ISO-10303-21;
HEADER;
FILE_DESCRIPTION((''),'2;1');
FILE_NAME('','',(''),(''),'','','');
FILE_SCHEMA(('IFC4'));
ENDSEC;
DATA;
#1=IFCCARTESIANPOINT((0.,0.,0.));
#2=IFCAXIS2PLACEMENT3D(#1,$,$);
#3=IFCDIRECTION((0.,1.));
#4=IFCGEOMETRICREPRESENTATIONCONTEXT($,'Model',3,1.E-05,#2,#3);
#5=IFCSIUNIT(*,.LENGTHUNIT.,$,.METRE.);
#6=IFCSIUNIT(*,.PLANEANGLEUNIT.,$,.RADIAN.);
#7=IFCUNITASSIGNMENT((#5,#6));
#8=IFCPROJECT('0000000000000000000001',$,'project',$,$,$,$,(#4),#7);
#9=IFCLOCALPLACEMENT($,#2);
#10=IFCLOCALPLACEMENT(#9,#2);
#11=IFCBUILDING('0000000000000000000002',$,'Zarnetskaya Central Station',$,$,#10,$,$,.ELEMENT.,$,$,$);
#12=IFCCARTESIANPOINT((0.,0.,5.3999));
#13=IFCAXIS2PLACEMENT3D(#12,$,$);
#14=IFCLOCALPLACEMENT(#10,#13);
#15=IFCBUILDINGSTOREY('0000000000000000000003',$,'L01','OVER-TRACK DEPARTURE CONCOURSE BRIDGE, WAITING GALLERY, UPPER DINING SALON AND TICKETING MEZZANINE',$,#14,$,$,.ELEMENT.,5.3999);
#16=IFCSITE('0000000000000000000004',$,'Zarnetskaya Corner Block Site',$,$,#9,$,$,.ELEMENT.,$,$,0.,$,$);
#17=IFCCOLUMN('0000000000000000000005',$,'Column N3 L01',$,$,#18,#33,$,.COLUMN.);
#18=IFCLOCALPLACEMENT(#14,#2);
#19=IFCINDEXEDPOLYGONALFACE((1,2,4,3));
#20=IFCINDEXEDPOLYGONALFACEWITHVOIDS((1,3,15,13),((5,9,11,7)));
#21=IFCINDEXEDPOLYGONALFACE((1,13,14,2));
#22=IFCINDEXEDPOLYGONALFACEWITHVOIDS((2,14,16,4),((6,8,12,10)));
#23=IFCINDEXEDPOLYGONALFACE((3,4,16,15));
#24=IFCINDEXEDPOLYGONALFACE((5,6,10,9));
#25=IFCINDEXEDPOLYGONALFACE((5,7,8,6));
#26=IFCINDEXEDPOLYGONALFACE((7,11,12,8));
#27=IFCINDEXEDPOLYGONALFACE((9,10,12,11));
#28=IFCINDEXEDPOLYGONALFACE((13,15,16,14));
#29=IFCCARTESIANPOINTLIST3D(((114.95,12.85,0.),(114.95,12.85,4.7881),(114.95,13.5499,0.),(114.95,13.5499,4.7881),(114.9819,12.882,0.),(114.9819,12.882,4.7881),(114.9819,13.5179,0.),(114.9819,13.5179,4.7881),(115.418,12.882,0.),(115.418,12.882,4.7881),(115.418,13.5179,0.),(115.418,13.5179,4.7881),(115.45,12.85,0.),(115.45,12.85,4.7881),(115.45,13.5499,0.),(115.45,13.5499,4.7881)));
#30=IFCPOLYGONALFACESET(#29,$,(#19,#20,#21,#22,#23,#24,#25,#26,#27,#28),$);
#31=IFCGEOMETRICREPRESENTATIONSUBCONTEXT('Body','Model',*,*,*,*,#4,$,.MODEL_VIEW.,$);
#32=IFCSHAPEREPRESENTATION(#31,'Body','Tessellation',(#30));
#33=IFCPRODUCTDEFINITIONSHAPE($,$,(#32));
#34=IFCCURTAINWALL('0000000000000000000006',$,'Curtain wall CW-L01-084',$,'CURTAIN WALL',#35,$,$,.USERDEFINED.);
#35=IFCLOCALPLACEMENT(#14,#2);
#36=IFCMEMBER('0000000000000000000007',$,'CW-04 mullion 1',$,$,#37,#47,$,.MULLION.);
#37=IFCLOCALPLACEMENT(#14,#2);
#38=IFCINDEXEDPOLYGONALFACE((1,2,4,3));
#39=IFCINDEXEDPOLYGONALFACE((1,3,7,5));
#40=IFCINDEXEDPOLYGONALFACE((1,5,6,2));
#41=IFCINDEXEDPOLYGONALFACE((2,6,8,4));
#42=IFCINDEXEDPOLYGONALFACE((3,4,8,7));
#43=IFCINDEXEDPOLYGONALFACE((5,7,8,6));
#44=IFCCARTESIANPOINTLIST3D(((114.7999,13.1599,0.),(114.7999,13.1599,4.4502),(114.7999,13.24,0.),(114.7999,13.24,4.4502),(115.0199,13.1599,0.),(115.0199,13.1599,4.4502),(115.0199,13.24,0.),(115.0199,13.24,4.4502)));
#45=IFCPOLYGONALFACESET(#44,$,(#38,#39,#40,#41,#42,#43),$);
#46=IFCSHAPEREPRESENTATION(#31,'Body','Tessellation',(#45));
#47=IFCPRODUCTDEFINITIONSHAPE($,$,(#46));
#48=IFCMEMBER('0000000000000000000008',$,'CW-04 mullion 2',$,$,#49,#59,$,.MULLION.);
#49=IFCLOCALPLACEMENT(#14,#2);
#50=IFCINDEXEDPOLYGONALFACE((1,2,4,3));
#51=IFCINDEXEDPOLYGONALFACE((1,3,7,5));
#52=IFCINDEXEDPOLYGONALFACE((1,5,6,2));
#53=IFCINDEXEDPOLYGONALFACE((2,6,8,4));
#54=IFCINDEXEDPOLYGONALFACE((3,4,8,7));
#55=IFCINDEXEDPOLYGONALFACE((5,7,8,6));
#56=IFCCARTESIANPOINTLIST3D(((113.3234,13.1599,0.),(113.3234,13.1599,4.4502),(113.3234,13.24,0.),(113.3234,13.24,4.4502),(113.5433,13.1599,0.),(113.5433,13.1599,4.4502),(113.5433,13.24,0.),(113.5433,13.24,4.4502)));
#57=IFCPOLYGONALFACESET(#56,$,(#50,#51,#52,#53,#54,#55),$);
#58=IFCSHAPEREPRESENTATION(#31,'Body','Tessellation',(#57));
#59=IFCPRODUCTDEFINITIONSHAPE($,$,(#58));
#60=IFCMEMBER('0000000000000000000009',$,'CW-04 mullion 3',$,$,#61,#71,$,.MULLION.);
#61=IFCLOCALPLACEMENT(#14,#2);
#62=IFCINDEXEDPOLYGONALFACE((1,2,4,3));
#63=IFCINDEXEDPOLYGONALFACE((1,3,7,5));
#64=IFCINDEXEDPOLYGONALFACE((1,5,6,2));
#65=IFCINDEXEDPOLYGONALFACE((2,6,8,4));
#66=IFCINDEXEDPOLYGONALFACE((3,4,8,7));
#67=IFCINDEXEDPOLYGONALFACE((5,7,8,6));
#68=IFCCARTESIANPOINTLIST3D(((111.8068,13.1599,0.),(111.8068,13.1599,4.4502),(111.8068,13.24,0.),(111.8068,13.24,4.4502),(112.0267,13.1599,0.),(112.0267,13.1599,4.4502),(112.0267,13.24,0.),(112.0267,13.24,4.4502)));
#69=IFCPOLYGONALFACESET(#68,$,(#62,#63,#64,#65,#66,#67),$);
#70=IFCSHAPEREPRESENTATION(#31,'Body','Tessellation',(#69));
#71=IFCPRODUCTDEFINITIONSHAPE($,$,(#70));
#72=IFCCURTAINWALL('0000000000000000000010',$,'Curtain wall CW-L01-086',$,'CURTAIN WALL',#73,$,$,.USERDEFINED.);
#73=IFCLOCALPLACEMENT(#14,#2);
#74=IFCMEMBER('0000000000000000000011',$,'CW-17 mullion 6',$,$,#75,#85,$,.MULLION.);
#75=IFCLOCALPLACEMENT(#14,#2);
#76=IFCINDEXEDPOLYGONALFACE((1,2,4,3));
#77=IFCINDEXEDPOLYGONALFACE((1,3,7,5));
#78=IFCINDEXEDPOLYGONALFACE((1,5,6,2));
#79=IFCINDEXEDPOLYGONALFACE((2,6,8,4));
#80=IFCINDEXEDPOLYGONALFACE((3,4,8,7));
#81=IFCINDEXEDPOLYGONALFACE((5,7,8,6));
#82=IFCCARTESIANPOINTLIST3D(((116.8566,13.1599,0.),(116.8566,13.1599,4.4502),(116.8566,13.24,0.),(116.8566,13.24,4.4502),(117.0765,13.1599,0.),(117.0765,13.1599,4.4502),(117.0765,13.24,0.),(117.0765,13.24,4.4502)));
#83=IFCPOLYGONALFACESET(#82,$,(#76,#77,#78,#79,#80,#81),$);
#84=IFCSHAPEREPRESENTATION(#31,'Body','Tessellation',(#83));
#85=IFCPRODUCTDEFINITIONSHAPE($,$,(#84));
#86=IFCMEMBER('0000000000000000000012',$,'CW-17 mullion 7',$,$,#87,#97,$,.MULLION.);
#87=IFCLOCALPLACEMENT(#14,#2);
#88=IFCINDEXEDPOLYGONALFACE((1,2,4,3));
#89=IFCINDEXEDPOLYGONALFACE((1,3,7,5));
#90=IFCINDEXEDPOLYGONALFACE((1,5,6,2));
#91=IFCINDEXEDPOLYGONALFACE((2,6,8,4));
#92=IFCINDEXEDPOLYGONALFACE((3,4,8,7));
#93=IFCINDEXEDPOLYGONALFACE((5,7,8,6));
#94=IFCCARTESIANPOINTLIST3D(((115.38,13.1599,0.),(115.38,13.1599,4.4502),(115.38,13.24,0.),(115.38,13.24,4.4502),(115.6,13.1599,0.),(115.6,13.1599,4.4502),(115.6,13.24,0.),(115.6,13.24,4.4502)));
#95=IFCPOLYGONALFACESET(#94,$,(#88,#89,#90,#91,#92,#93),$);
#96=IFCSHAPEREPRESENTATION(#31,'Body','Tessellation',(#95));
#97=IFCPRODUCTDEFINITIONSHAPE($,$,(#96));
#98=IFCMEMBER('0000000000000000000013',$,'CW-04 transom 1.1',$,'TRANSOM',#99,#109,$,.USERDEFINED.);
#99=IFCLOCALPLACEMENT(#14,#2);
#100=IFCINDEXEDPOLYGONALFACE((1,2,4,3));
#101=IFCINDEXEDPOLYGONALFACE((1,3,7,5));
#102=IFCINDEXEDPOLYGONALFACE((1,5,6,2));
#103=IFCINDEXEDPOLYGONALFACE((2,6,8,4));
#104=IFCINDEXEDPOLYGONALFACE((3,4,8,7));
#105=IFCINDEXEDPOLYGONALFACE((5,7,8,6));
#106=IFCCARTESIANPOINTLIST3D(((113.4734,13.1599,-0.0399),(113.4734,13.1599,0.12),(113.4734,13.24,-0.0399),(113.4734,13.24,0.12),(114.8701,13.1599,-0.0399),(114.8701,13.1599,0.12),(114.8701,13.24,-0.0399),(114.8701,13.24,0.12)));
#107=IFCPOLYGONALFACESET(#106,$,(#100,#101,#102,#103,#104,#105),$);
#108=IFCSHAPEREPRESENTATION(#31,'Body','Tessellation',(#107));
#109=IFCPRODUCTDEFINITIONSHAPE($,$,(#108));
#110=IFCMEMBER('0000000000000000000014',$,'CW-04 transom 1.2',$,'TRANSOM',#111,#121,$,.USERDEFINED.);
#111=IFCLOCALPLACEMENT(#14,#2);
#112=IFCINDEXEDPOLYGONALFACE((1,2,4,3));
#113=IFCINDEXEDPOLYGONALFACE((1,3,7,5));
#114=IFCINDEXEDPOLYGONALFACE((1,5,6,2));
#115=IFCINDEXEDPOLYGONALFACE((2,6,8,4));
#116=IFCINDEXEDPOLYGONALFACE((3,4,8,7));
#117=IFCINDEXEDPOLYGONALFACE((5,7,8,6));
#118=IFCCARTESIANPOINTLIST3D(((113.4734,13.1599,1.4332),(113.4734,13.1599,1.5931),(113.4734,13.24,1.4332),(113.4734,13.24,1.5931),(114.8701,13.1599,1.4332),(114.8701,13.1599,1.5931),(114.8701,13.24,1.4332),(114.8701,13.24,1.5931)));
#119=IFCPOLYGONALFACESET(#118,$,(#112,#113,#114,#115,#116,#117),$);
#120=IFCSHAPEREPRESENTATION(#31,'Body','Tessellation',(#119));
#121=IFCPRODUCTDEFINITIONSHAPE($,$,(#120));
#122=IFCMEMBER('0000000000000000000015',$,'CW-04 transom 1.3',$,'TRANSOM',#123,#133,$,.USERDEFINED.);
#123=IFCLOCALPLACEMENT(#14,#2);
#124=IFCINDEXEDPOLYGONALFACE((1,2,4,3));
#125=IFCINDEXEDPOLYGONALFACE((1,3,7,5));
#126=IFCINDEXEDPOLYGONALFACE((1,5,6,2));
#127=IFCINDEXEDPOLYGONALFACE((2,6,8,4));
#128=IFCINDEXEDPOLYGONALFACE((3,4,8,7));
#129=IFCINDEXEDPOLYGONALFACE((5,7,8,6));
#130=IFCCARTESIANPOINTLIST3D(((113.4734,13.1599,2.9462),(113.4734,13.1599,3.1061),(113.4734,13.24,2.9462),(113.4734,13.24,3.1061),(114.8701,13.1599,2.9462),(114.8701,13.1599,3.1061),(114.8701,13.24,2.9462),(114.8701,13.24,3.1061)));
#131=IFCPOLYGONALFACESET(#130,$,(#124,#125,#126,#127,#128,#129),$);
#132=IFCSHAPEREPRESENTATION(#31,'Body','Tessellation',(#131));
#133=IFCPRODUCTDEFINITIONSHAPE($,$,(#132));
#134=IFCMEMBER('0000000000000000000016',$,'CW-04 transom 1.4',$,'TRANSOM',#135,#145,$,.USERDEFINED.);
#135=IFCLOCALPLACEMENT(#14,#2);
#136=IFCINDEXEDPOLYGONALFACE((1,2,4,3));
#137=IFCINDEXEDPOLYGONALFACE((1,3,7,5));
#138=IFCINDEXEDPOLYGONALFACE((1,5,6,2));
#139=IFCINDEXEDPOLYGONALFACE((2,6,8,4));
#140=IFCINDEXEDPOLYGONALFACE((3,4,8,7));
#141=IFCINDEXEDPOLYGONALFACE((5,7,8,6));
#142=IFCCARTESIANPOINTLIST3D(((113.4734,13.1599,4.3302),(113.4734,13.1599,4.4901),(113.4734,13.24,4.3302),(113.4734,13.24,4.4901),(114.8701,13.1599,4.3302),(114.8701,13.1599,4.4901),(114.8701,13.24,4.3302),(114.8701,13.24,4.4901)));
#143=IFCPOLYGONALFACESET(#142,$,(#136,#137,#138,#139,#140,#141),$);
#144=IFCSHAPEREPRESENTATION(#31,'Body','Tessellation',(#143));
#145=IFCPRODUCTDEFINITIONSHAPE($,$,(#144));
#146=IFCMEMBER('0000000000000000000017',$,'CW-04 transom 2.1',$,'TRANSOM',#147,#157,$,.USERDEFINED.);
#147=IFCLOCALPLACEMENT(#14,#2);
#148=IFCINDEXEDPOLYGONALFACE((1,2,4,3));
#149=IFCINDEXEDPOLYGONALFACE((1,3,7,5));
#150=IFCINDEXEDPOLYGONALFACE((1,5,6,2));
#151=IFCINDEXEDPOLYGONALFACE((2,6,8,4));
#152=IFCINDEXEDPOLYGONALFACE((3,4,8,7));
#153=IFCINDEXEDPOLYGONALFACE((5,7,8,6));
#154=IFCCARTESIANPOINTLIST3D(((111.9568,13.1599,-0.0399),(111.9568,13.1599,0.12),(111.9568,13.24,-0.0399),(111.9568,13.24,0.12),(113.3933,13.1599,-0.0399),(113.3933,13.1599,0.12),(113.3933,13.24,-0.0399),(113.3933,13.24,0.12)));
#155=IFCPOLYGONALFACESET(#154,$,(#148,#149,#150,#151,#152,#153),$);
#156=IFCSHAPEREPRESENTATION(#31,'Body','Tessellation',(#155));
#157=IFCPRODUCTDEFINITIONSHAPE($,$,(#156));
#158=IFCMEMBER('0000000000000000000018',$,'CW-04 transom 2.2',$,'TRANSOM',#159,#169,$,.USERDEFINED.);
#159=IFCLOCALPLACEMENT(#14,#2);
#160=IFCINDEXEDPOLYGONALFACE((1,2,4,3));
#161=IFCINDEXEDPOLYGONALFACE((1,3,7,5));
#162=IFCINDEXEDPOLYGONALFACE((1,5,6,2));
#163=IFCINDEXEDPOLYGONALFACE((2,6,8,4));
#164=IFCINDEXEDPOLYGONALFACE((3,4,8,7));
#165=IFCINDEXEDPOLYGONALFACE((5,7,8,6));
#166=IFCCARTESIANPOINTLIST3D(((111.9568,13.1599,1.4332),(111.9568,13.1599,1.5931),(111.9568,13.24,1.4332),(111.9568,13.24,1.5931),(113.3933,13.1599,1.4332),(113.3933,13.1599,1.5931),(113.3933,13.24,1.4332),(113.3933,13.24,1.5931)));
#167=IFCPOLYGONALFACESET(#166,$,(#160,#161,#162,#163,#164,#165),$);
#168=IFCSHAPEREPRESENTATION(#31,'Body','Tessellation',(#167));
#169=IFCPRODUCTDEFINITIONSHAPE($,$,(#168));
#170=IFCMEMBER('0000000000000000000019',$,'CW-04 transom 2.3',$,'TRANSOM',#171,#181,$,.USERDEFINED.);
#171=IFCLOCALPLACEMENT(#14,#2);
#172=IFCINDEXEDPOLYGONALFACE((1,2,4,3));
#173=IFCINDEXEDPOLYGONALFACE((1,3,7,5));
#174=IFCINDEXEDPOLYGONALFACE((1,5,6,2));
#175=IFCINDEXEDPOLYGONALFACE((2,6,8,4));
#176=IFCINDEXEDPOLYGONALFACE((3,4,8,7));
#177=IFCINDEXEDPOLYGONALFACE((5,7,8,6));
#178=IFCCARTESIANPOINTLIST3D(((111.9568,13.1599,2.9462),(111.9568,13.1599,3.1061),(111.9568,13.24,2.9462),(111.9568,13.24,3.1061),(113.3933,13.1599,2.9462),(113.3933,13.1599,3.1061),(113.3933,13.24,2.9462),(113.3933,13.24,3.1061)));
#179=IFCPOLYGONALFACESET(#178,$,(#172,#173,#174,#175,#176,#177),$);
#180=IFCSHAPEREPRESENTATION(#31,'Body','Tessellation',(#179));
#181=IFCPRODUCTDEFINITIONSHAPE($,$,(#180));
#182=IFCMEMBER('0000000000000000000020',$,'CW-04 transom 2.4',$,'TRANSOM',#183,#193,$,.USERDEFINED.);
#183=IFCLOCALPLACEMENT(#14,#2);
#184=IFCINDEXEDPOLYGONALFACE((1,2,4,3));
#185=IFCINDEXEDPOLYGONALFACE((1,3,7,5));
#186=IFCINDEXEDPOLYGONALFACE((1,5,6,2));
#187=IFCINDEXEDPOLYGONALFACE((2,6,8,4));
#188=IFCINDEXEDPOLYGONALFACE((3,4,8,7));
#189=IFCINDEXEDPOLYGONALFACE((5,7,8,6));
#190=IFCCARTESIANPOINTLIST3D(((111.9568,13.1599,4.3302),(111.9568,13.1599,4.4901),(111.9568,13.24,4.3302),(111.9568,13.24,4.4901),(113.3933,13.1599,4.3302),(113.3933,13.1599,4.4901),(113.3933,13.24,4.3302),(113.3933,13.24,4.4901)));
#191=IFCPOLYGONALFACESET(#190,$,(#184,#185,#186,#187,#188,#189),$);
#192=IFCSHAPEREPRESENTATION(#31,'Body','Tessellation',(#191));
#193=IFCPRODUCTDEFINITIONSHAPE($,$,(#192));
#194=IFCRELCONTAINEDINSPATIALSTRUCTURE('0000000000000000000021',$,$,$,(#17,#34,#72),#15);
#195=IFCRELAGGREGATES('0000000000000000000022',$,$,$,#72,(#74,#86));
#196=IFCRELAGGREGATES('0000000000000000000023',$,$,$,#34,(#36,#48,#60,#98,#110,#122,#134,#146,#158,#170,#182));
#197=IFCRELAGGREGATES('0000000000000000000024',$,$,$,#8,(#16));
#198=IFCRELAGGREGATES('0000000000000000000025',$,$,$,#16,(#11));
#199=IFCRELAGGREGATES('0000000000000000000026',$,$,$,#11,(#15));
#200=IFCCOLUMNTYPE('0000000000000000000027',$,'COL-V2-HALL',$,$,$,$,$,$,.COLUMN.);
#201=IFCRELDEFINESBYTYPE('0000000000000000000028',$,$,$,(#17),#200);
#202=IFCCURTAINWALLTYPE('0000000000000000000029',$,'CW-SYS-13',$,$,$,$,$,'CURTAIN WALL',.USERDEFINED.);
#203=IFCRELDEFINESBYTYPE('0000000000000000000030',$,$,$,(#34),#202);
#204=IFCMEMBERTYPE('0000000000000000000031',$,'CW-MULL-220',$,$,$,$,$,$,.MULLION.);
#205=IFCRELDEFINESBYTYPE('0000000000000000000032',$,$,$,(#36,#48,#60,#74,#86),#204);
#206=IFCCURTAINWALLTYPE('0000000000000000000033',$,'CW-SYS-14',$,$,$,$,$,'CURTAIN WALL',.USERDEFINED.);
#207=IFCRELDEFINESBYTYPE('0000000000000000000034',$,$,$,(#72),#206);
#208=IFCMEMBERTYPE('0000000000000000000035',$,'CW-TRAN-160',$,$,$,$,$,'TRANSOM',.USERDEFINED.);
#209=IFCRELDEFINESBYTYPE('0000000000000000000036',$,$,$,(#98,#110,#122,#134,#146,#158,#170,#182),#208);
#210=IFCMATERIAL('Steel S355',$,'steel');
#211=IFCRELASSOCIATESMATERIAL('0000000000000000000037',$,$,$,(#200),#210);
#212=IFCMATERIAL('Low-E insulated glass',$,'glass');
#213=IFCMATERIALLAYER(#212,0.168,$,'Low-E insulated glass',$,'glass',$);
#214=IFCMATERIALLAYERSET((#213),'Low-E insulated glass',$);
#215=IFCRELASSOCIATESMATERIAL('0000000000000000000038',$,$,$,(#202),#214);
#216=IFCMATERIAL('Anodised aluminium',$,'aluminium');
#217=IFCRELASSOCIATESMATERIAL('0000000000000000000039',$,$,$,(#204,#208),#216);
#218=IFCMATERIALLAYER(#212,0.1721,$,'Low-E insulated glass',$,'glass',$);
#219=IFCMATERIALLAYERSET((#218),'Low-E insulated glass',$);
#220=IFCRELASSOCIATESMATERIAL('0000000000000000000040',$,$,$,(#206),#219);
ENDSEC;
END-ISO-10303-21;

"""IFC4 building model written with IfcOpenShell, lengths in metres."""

from ifc_helpers import new_model, si_unit, direction, frame, origin, origin_2d, place, context, subcontext, project, spatial, rectangle, hollow_rectangle, extrude, material, layer, layer_set, material_profile, profile_set, type_object, element, aggregate, save


model = new_model("IFC4")

# Units and contexts
model_context = context("Model", 3, precision=1e-05, world=origin(), true_north=direction((0.0, 1.0)))
body_context = subcontext(model_context, "Body", "Model", "MODEL_VIEW")
ifc_project = project(units=[si_unit("LENGTHUNIT", "METRE"), si_unit("PLANEANGLEUNIT", "RADIAN")], contexts=[model_context])

# Site, building, storey
site_placement = place(None, origin())
site = spatial("IfcSite", under=ifc_project, at=site_placement, Name="Zarnetskaya Corner Block Site", CompositionType="ELEMENT", RefElevation=0.0)
building_placement = place(site_placement, origin())
building = spatial("IfcBuilding", under=site, at=building_placement, Name="Zarnetskaya Central Station", CompositionType="ELEMENT")
storey_placement = place(building_placement, frame((0.0, 0.0, 5.3999)))
storey = spatial("IfcBuildingStorey", under=building, at=storey_placement, Name="L01", Description="OVER-TRACK DEPARTURE CONCOURSE BRIDGE, WAITING GALLERY, UPPER DINING SALON AND TICKETING MEZZANINE", CompositionType="ELEMENT", Elevation=5.3999)

# Column
ifc_material_1 = material(Name="Steel S355", Category="steel")
ifc_material_profile_1 = material_profile(ifc_material_1, hollow_rectangle(XDim=0.5, YDim=0.7, WallThickness=0.032, at=origin_2d()), Name="BOX 700x500x32")
ifc_profile_set_1 = profile_set([ifc_material_profile_1], Name="Steel S355")
column_type = type_object("IfcColumnType", Name="COL-V2-HALL", PredefinedType="COLUMN", material=ifc_profile_set_1)
column_placement = place(storey_placement, frame((115.2, 13.2, 0.0), z_axis=(0.0, 0.0, 1.0), x_axis=(1.0, 0.0, 0.0)))
element("IfcColumn", 1, at=column_placement, inside=storey, type_object=column_type, Name="Column N3 L01", PredefinedType="COLUMN", context=body_context, shape_type="SweptSolid", body=[
    extrude(hollow_rectangle(XDim=0.5, YDim=0.7, WallThickness=0.032, at=origin_2d()), origin(), (0.0, 0.0, 1.0), 4.7881),
])

# Curtain walls, members
ifc_material_2 = material(Name="Low-E insulated glass", Category="glass")
ifc_layer_1 = layer(ifc_material_2, 0.168, Name="Low-E insulated glass", Category="glass")
ifc_layer_set_1 = layer_set([ifc_layer_1], Name="Low-E insulated glass")
curtain_wall_type_1 = type_object("IfcCurtainWallType", Name="CW-SYS-13", ElementType="CURTAIN WALL", PredefinedType="USERDEFINED", material=ifc_layer_set_1)
curtain_wall_1_placement = place(storey_placement, origin())
curtain_wall_1 = element("IfcCurtainWall", 2, at=curtain_wall_1_placement, inside=storey, type_object=curtain_wall_type_1, Name="Curtain wall CW-L01-084", ObjectType="CURTAIN WALL", PredefinedType="USERDEFINED")
ifc_material_3 = material(Name="Anodised aluminium", Category="aluminium")
ifc_material_profile_2 = material_profile(ifc_material_3, rectangle(XDim=0.0801, YDim=0.22, at=origin_2d()), Name="ALU MULL 80x220")
ifc_profile_set_2 = profile_set([ifc_material_profile_2], Name="Anodised aluminium")
member_type_1 = type_object("IfcMemberType", Name="CW-MULL-220", PredefinedType="MULLION", material=ifc_profile_set_2)
member_1_placement = place(storey_placement, frame((114.9099, 13.2, 0.0), z_axis=(0.0, 0.0, 1.0), x_axis=(0.0, -1.0, 0.0)))
member_1 = element("IfcMember", 3, at=member_1_placement, type_object=member_type_1, Name="CW-04 mullion 1", PredefinedType="MULLION", context=body_context, shape_type="SweptSolid", body=[
    extrude(rectangle(XDim=0.0801, YDim=0.22, at=origin_2d()), origin(), (0.0, 0.0, 1.0), 4.4502),
])
member_2_placement = place(storey_placement, frame((113.4333, 13.2, 0.0), z_axis=(0.0, 0.0, 1.0), x_axis=(0.0, -1.0, 0.0)))
member_2 = element("IfcMember", 4, at=member_2_placement, type_object=member_type_1, Name="CW-04 mullion 2", PredefinedType="MULLION", context=body_context, shape_type="SweptSolid", body=[
    extrude(rectangle(XDim=0.0801, YDim=0.22, at=origin_2d()), origin(), (0.0, 0.0, 1.0), 4.4502),
])
member_3_placement = place(storey_placement, frame((111.9167, 13.2, 0.0), z_axis=(0.0, 0.0, 1.0), x_axis=(0.0, -1.0, 0.0)))
member_3 = element("IfcMember", 5, at=member_3_placement, type_object=member_type_1, Name="CW-04 mullion 3", PredefinedType="MULLION", context=body_context, shape_type="SweptSolid", body=[
    extrude(rectangle(XDim=0.0801, YDim=0.22, at=origin_2d()), origin(), (0.0, 0.0, 1.0), 4.4502),
])
ifc_layer_2 = layer(ifc_material_2, 0.1721, Name="Low-E insulated glass", Category="glass")
ifc_layer_set_2 = layer_set([ifc_layer_2], Name="Low-E insulated glass")
curtain_wall_type_2 = type_object("IfcCurtainWallType", Name="CW-SYS-14", ElementType="CURTAIN WALL", PredefinedType="USERDEFINED", material=ifc_layer_set_2)
curtain_wall_2_placement = place(storey_placement, origin())
curtain_wall_2 = element("IfcCurtainWall", 6, at=curtain_wall_2_placement, inside=storey, type_object=curtain_wall_type_2, Name="Curtain wall CW-L01-086", ObjectType="CURTAIN WALL", PredefinedType="USERDEFINED")
member_4_placement = place(storey_placement, frame((116.9666, 13.2, 0.0), z_axis=(0.0, 0.0, 1.0), x_axis=(0.0, -1.0, 0.0)))
member_4 = element("IfcMember", 7, at=member_4_placement, type_object=member_type_1, Name="CW-17 mullion 6", PredefinedType="MULLION", context=body_context, shape_type="SweptSolid", body=[
    extrude(rectangle(XDim=0.0801, YDim=0.22, at=origin_2d()), origin(), (0.0, 0.0, 1.0), 4.4502),
])
member_5_placement = place(storey_placement, frame((115.49, 13.2, 0.0), z_axis=(0.0, 0.0, 1.0), x_axis=(0.0, -1.0, 0.0)))
member_5 = element("IfcMember", 8, at=member_5_placement, type_object=member_type_1, Name="CW-17 mullion 7", PredefinedType="MULLION", context=body_context, shape_type="SweptSolid", body=[
    extrude(rectangle(XDim=0.0801, YDim=0.22, at=origin_2d()), origin(), (0.0, 0.0, 1.0), 4.4502),
])

# Members
ifc_material_profile_3 = material_profile(ifc_material_3, rectangle(XDim=0.0801, YDim=0.1599, at=origin_2d()), Name="ALU TRAN 80x160")
ifc_profile_set_3 = profile_set([ifc_material_profile_3], Name="Anodised aluminium")
member_type_2 = type_object("IfcMemberType", Name="CW-TRAN-160", ElementType="TRANSOM", PredefinedType="USERDEFINED", material=ifc_profile_set_3)
member_6_placement = place(storey_placement, frame((114.8701, 13.2, 0.04), z_axis=(-1.0, 0.0, 0.0), x_axis=(0.0, -1.0, 0.0)))
member_6 = element("IfcMember", 9, at=member_6_placement, type_object=member_type_2, Name="CW-04 transom 1.1", ObjectType="TRANSOM", PredefinedType="USERDEFINED", context=body_context, shape_type="SweptSolid", body=[
    extrude(rectangle(XDim=0.0801, YDim=0.1599, at=origin_2d()), origin(), (0.0, 0.0, 1.0), 1.3967),
])
member_7_placement = place(storey_placement, frame((114.8701, 13.2, 1.5132), z_axis=(-1.0, 0.0, 0.0), x_axis=(0.0, -1.0, 0.0)))
member_7 = element("IfcMember", 10, at=member_7_placement, type_object=member_type_2, Name="CW-04 transom 1.2", ObjectType="TRANSOM", PredefinedType="USERDEFINED", context=body_context, shape_type="SweptSolid", body=[
    extrude(rectangle(XDim=0.0801, YDim=0.1599, at=origin_2d()), origin(), (0.0, 0.0, 1.0), 1.3967),
])
member_8_placement = place(storey_placement, frame((114.8701, 13.2, 3.0261), z_axis=(-1.0, 0.0, 0.0), x_axis=(0.0, -1.0, 0.0)))
member_8 = element("IfcMember", 11, at=member_8_placement, type_object=member_type_2, Name="CW-04 transom 1.3", ObjectType="TRANSOM", PredefinedType="USERDEFINED", context=body_context, shape_type="SweptSolid", body=[
    extrude(rectangle(XDim=0.0801, YDim=0.1599, at=origin_2d()), origin(), (0.0, 0.0, 1.0), 1.3967),
])
member_9_placement = place(storey_placement, frame((114.8701, 13.2, 4.4102), z_axis=(-1.0, 0.0, 0.0), x_axis=(0.0, -1.0, 0.0)))
member_9 = element("IfcMember", 12, at=member_9_placement, type_object=member_type_2, Name="CW-04 transom 1.4", ObjectType="TRANSOM", PredefinedType="USERDEFINED", context=body_context, shape_type="SweptSolid", body=[
    extrude(rectangle(XDim=0.0801, YDim=0.1599, at=origin_2d()), origin(), (0.0, 0.0, 1.0), 1.3967),
])
member_10_placement = place(storey_placement, frame((113.3933, 13.2, 0.04), z_axis=(-1.0, 0.0, 0.0), x_axis=(0.0, -1.0, 0.0)))
member_10 = element("IfcMember", 13, at=member_10_placement, type_object=member_type_2, Name="CW-04 transom 2.1", ObjectType="TRANSOM", PredefinedType="USERDEFINED", context=body_context, shape_type="SweptSolid", body=[
    extrude(rectangle(XDim=0.0801, YDim=0.1599, at=origin_2d()), origin(), (0.0, 0.0, 1.0), 1.4365),
])
member_11_placement = place(storey_placement, frame((113.3933, 13.2, 1.5132), z_axis=(-1.0, 0.0, 0.0), x_axis=(0.0, -1.0, 0.0)))
member_11 = element("IfcMember", 14, at=member_11_placement, type_object=member_type_2, Name="CW-04 transom 2.2", ObjectType="TRANSOM", PredefinedType="USERDEFINED", context=body_context, shape_type="SweptSolid", body=[
    extrude(rectangle(XDim=0.0801, YDim=0.1599, at=origin_2d()), origin(), (0.0, 0.0, 1.0), 1.4365),
])
member_12_placement = place(storey_placement, frame((113.3933, 13.2, 3.0261), z_axis=(-1.0, 0.0, 0.0), x_axis=(0.0, -1.0, 0.0)))
member_12 = element("IfcMember", 15, at=member_12_placement, type_object=member_type_2, Name="CW-04 transom 2.3", ObjectType="TRANSOM", PredefinedType="USERDEFINED", context=body_context, shape_type="SweptSolid", body=[
    extrude(rectangle(XDim=0.0801, YDim=0.1599, at=origin_2d()), origin(), (0.0, 0.0, 1.0), 1.4365),
])
member_13_placement = place(storey_placement, frame((113.3933, 13.2, 4.4102), z_axis=(-1.0, 0.0, 0.0), x_axis=(0.0, -1.0, 0.0)))
member_13 = element("IfcMember", 16, at=member_13_placement, type_object=member_type_2, Name="CW-04 transom 2.4", ObjectType="TRANSOM", PredefinedType="USERDEFINED", context=body_context, shape_type="SweptSolid", body=[
    extrude(rectangle(XDim=0.0801, YDim=0.1599, at=origin_2d()), origin(), (0.0, 0.0, 1.0), 1.4365),
])

aggregate(curtain_wall_2, [member_4, member_5])
aggregate(curtain_wall_1, [member_1, member_2, member_3, member_6, member_7, member_8, member_9, member_10, member_11, member_12, member_13])

save(model, "model.ifc")
